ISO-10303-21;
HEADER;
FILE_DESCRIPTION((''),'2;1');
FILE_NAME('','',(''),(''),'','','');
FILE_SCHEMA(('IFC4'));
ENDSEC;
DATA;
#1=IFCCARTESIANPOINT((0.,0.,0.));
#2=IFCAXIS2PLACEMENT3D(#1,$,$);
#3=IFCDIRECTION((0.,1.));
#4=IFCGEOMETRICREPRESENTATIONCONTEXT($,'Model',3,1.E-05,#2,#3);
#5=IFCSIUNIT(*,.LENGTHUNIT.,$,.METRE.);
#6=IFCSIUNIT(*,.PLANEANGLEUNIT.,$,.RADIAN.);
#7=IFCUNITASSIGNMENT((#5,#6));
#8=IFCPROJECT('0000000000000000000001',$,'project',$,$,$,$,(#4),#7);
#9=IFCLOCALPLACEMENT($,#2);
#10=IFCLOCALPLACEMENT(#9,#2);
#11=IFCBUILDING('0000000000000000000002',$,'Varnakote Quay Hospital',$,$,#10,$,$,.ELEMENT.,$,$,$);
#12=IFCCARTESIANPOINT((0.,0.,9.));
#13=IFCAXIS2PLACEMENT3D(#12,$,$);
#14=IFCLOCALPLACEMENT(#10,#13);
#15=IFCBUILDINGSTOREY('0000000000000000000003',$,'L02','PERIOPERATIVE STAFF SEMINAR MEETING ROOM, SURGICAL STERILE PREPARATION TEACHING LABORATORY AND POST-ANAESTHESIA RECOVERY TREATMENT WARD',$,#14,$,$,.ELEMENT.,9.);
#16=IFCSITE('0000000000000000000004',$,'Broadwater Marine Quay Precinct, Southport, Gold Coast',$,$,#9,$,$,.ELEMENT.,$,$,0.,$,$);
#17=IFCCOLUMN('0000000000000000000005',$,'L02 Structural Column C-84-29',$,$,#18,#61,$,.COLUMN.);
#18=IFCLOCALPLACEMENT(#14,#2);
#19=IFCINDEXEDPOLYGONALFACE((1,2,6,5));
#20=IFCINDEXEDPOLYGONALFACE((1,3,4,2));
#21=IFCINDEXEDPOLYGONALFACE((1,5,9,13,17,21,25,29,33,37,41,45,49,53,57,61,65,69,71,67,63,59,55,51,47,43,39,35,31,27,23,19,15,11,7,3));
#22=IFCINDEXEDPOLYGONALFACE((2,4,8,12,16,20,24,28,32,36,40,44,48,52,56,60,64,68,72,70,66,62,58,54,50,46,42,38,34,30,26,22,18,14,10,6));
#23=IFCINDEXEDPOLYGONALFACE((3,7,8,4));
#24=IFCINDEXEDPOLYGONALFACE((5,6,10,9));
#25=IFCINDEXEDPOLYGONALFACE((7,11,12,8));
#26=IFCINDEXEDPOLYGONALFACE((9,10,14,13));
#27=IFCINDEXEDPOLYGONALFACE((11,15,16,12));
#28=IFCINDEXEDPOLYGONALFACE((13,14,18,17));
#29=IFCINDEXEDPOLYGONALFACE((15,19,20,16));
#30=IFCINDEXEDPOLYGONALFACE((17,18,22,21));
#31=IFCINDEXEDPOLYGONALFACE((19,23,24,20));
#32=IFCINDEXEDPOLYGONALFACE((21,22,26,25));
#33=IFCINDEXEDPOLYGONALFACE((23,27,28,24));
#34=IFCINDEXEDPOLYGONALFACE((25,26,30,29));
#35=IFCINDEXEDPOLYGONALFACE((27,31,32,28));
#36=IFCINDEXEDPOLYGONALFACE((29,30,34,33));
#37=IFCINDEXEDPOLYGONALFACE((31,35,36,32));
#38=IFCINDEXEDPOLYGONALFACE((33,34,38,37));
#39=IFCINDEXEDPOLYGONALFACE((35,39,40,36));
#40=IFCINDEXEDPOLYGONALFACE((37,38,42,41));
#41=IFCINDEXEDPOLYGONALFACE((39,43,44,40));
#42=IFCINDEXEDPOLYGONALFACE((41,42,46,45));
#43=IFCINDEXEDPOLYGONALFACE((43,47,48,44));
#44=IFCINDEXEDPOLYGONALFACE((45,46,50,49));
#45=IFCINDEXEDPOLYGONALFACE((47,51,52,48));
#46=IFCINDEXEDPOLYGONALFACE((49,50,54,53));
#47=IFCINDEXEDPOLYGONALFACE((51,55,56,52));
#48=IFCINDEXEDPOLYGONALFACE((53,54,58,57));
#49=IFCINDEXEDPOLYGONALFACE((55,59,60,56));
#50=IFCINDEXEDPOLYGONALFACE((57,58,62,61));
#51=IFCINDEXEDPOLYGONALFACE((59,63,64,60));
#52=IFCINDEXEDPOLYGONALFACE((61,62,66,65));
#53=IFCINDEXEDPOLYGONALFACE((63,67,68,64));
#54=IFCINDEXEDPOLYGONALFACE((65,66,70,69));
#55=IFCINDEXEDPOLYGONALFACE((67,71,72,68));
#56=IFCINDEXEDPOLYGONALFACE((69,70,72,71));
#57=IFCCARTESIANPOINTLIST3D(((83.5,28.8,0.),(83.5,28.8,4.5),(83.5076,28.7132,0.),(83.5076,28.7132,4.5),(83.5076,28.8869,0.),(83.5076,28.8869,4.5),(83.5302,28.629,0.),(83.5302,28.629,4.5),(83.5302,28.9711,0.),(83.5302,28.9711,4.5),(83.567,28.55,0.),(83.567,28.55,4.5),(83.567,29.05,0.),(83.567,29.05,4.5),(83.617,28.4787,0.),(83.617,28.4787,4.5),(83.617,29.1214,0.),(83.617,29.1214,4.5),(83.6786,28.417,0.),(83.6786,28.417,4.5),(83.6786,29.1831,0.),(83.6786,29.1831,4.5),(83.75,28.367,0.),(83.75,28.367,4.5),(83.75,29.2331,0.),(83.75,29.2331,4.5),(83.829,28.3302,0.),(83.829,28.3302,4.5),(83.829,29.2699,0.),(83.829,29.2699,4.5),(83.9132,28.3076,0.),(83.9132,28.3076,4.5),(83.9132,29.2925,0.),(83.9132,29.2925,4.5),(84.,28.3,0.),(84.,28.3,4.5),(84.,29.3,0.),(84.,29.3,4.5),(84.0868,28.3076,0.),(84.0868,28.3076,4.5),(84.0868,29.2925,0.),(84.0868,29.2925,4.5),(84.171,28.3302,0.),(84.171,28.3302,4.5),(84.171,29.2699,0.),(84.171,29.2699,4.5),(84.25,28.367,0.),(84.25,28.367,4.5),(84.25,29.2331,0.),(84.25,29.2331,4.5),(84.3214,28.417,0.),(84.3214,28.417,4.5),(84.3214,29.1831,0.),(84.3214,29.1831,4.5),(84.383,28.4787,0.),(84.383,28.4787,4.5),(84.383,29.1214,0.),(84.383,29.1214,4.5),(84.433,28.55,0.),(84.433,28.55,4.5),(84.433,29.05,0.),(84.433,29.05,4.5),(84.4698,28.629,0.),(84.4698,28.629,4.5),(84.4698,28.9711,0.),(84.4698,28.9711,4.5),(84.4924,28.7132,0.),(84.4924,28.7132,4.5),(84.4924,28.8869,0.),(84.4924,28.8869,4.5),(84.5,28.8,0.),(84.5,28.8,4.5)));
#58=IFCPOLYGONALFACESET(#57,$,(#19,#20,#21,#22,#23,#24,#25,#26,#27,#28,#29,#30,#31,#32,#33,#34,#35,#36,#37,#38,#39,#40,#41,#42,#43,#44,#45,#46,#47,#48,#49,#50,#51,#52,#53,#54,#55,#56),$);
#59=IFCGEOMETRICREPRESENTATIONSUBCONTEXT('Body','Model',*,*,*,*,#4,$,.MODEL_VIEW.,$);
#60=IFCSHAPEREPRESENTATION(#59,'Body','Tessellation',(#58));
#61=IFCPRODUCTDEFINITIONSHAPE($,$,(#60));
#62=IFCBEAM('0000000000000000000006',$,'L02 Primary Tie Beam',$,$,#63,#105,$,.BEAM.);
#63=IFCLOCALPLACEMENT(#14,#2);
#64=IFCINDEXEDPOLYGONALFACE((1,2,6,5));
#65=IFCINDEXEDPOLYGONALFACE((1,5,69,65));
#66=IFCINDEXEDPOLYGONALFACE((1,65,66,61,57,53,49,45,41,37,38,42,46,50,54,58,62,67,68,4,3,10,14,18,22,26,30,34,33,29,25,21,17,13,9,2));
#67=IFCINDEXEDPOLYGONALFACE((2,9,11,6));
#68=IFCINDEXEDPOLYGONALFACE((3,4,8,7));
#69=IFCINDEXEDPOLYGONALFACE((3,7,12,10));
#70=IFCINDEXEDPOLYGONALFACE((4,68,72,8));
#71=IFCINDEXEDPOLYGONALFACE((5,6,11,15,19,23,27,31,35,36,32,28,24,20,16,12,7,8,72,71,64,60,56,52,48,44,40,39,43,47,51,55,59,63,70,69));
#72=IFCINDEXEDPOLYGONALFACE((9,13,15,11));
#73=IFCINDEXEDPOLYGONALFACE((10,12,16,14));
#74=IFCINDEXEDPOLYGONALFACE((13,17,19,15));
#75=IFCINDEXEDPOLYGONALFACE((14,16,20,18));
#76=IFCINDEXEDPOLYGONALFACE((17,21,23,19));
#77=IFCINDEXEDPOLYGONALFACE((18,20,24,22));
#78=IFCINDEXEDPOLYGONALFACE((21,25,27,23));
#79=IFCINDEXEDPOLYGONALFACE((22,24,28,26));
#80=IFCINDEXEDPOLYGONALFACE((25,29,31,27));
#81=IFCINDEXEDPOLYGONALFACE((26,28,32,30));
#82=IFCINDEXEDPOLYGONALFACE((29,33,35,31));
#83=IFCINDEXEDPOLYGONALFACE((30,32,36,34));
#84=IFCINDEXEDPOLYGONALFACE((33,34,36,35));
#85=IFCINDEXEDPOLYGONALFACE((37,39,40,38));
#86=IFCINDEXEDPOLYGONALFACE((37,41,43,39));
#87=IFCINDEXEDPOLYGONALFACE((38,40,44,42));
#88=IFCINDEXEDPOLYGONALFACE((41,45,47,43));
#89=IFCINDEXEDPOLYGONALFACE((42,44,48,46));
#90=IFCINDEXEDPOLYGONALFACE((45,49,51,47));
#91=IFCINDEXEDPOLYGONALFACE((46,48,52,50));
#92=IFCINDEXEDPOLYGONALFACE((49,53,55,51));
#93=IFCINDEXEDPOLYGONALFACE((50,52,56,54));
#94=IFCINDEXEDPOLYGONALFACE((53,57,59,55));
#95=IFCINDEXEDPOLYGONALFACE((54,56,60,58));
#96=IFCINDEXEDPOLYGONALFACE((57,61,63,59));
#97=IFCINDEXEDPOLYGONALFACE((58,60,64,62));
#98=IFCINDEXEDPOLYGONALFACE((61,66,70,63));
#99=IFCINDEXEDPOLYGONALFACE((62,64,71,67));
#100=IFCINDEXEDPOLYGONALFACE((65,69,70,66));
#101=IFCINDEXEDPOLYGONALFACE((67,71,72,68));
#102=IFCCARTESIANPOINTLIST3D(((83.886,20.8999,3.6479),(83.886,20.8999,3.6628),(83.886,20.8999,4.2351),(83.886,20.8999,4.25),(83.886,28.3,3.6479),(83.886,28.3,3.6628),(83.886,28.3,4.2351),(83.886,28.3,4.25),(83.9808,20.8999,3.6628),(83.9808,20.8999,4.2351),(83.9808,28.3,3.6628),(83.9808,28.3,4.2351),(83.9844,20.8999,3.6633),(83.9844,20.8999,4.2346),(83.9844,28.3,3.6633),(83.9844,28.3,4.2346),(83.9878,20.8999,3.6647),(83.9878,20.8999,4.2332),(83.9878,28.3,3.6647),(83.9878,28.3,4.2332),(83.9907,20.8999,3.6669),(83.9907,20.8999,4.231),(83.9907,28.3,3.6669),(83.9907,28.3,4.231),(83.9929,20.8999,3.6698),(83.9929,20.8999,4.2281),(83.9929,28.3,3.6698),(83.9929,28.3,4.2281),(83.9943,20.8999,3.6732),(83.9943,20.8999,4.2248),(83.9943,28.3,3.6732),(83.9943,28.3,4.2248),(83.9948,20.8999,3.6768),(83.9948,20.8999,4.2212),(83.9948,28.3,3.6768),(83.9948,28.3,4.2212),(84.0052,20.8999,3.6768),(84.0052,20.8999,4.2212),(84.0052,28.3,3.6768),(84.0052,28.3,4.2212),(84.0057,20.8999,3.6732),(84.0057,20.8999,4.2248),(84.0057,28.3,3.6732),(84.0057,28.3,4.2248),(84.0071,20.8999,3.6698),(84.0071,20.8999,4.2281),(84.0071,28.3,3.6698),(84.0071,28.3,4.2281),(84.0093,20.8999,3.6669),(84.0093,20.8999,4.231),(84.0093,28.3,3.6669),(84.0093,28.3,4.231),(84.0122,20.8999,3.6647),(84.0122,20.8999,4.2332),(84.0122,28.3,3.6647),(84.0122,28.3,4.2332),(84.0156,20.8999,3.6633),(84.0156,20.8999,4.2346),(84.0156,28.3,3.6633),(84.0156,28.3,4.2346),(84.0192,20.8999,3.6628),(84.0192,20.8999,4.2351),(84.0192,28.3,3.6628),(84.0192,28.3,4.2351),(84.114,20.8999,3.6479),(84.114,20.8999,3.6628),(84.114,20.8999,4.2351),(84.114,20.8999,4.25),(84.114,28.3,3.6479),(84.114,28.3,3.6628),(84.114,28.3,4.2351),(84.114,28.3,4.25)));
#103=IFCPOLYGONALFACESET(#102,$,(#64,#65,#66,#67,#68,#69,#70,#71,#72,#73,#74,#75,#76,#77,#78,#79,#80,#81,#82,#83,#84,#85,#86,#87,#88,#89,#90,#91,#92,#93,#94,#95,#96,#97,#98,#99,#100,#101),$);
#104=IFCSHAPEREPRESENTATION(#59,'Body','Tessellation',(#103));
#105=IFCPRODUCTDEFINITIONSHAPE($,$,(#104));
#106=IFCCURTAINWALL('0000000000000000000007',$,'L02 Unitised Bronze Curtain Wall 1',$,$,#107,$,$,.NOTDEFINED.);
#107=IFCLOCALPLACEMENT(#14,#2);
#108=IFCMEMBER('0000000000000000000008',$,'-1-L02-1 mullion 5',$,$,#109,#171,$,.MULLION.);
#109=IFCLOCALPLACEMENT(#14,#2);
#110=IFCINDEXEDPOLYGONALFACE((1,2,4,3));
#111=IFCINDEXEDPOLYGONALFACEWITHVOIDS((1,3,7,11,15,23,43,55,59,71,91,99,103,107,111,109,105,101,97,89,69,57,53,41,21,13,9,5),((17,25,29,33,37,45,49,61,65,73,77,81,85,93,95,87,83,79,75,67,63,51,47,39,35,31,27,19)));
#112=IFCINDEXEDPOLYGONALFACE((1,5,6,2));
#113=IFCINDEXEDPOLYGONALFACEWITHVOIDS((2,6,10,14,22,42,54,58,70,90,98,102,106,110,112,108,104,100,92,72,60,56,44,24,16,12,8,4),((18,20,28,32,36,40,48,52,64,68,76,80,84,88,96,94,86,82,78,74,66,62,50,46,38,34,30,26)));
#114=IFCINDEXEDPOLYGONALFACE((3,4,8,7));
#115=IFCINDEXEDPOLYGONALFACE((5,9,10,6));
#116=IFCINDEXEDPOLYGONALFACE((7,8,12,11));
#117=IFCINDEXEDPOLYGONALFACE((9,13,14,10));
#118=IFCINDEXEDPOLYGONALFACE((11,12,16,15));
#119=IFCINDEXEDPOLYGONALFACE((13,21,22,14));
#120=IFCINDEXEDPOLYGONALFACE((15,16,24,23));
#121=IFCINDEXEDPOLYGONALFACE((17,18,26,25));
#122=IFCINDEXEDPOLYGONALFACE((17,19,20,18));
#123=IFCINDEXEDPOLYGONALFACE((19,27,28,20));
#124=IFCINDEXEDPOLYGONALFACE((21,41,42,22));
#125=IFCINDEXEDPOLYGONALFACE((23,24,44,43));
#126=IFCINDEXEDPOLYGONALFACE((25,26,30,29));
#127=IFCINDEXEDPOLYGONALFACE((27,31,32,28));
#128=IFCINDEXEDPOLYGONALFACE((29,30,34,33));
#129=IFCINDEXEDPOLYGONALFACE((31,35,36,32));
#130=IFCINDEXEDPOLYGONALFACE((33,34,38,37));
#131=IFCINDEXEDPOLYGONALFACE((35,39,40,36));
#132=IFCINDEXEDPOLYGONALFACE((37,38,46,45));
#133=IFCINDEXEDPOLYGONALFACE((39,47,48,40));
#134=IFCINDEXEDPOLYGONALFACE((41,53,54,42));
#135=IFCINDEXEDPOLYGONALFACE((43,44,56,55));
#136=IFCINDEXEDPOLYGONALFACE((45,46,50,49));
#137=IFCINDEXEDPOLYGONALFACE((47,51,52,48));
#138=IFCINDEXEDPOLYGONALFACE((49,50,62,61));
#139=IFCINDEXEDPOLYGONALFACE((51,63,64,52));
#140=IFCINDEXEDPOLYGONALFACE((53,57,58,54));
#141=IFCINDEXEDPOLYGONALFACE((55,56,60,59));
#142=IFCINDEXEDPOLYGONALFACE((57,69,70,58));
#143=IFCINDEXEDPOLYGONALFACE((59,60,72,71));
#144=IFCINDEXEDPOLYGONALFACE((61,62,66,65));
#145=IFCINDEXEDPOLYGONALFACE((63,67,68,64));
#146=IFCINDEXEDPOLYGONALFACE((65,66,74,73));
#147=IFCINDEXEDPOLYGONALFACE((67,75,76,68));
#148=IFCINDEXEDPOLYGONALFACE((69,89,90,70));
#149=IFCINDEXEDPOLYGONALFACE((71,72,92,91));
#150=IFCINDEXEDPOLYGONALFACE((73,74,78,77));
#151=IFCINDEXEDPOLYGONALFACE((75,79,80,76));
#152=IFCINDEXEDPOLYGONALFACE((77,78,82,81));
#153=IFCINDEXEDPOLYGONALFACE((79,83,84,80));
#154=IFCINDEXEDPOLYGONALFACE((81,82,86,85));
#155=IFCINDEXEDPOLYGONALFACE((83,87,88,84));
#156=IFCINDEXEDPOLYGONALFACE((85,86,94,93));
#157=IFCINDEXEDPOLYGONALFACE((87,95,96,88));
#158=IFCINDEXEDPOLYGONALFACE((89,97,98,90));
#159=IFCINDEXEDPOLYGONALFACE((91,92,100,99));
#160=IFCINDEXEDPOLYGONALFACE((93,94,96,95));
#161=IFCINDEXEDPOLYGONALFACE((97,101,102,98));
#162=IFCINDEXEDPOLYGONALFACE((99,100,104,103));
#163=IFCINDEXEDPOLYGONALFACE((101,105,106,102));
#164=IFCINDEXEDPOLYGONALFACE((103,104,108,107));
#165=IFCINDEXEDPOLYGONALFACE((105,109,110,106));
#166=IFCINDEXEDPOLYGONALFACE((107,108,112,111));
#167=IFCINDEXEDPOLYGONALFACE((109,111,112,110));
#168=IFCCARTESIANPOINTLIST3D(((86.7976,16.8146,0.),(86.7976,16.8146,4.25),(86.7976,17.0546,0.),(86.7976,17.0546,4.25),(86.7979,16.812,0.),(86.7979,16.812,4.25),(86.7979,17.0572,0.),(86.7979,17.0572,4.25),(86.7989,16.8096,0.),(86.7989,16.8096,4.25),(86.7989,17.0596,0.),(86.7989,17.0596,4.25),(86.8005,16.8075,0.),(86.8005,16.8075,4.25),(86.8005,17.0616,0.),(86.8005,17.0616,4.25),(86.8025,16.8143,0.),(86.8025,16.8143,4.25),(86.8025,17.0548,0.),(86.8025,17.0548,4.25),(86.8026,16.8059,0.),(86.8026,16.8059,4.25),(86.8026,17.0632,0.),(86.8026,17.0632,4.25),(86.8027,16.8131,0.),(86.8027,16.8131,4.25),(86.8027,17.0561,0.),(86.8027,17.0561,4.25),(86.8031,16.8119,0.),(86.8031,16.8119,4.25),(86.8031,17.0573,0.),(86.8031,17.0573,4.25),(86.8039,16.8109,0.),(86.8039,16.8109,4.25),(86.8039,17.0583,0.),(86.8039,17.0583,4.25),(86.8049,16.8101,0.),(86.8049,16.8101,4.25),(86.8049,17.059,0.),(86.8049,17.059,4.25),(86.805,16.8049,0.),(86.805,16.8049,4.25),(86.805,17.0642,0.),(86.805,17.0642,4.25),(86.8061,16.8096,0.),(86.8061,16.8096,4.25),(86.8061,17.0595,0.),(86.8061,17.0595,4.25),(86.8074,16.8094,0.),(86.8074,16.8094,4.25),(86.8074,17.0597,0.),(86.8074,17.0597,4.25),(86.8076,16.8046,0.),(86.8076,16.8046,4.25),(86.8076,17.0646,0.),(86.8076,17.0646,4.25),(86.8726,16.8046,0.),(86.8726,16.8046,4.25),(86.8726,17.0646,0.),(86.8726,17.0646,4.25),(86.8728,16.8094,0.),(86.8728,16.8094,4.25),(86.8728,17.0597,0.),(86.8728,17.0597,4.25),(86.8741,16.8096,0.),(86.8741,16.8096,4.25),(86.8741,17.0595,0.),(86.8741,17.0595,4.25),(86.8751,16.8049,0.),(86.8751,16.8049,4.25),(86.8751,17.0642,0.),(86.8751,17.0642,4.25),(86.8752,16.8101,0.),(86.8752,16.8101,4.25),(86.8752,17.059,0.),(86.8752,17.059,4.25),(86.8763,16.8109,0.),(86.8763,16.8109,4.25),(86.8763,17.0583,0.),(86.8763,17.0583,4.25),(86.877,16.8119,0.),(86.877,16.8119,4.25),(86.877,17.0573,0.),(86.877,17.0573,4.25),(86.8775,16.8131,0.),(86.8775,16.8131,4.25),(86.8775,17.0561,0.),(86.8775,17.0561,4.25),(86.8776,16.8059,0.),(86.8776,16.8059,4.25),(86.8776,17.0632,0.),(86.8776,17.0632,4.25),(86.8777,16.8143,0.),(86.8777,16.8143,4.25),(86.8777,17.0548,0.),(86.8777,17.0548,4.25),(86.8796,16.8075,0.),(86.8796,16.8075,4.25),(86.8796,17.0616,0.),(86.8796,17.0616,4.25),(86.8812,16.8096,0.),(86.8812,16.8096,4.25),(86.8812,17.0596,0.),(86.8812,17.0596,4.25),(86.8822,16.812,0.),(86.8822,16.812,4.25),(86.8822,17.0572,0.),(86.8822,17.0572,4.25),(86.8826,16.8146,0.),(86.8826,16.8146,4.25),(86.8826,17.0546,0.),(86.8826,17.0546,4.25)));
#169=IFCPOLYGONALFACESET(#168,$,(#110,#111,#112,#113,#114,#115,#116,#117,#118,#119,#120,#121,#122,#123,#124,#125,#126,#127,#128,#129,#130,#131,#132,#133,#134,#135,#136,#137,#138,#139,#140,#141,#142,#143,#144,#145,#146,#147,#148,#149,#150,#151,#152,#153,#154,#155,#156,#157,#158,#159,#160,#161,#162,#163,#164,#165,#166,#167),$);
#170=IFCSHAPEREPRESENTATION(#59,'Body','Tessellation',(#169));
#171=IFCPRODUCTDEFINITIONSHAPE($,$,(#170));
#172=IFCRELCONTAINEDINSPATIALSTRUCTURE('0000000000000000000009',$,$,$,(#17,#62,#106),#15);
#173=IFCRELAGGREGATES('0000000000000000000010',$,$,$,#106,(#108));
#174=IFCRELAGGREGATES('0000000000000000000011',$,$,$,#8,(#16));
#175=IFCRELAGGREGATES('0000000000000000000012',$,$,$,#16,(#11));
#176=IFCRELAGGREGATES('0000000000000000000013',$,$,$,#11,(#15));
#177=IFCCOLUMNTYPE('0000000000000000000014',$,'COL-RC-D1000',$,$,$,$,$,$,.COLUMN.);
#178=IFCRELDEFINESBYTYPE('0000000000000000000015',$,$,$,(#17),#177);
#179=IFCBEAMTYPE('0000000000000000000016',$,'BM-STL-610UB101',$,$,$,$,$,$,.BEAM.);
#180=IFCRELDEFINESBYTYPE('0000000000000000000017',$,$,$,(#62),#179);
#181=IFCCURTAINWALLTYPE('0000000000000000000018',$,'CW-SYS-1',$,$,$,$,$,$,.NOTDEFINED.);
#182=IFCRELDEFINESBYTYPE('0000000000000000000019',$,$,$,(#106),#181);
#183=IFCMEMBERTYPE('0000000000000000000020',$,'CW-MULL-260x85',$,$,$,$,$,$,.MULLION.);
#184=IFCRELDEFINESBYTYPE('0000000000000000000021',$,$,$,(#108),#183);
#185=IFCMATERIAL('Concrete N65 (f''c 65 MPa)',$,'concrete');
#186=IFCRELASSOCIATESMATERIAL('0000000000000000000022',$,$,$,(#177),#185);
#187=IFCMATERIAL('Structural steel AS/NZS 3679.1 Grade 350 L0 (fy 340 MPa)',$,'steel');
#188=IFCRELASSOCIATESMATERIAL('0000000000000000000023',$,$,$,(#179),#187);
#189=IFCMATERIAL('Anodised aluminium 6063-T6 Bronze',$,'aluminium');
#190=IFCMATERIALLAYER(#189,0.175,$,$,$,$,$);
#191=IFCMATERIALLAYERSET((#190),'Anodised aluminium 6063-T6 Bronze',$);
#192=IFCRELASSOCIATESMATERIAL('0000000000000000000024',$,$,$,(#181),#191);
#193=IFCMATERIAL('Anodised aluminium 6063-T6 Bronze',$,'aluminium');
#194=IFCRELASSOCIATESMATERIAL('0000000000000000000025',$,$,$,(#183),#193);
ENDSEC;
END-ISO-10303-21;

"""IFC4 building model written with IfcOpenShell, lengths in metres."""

from ifc_helpers import new_model, si_unit, direction, frame, origin, origin_2d, place, context, subcontext, project, spatial, hollow_rectangle, circle, i_section, extrude, material, layer, layer_set, material_profile, profile_set, type_object, element, aggregate, save


model = new_model("IFC4")

# Units and contexts
model_context = context("Model", 3, precision=1e-05, world=origin(), true_north=direction((0.0, 1.0)))
body_context = subcontext(model_context, "Body", "Model", "MODEL_VIEW")
ifc_project = project(units=[si_unit("LENGTHUNIT", "METRE"), si_unit("PLANEANGLEUNIT", "RADIAN")], contexts=[model_context])

# Site, building, storey
site_placement = place(None, origin())
site = spatial("IfcSite", under=ifc_project, at=site_placement, Name="Broadwater Marine Quay Precinct, Southport, Gold Coast", CompositionType="ELEMENT", RefElevation=0.0)
building_placement = place(site_placement, origin())
building = spatial("IfcBuilding", under=site, at=building_placement, Name="Varnakote Quay Hospital", CompositionType="ELEMENT")
storey_placement = place(building_placement, frame((0.0, 0.0, 9.0)))
storey = spatial("IfcBuildingStorey", under=building, at=storey_placement, Name="L02", Description="PERIOPERATIVE STAFF SEMINAR MEETING ROOM, SURGICAL STERILE PREPARATION TEACHING LABORATORY AND POST-ANAESTHESIA RECOVERY TREATMENT WARD", CompositionType="ELEMENT", Elevation=9.0)

# Column
ifc_material_1 = material(Name="Concrete N65 (f'c 65 MPa)", Category="concrete")
ifc_material_profile_1 = material_profile(ifc_material_1, circle(Radius=0.5, at=origin_2d()), Name="RC-COL-D1000")
ifc_profile_set_1 = profile_set([ifc_material_profile_1], Name="Concrete N65 (f'c 65 MPa)")
column_type = type_object("IfcColumnType", Name="COL-RC-D1000", PredefinedType="COLUMN", material=ifc_profile_set_1)
column_placement = place(storey_placement, frame((84.0, 28.8, 0.0), z_axis=(0.0, 0.0, 1.0), x_axis=(1.0, 0.0, 0.0)))
element("IfcColumn", 1, at=column_placement, inside=storey, type_object=column_type, Name="L02 Structural Column C-84-29", PredefinedType="COLUMN", context=body_context, shape_type="SweptSolid", body=[
    extrude(circle(Radius=0.5, at=origin_2d()), origin(), (0.0, 0.0, 1.0), 4.5),
])

# Beam
ifc_material_2 = material(Name="Structural steel AS/NZS 3679.1 Grade 350 L0 (fy 340 MPa)", Category="steel")
ifc_material_profile_2 = material_profile(ifc_material_2, i_section(OverallWidth=0.228, OverallDepth=0.6021, WebThickness=0.0105, FlangeThickness=0.0149, FilletRadius=0.0139, at=origin_2d()), Name="610UB101")
ifc_profile_set_2 = profile_set([ifc_material_profile_2], Name="Structural steel AS/NZS 3679.1 Grade 350 L0 (fy 340 MPa)")
beam_type = type_object("IfcBeamType", Name="BM-STL-610UB101", PredefinedType="BEAM", material=ifc_profile_set_2)
beam_placement = place(storey_placement, frame((84.0, 20.8999, 3.949), z_axis=(0.0, 1.0, 0.0), x_axis=(-1.0, 0.0, 0.0)))
element("IfcBeam", 2, at=beam_placement, inside=storey, type_object=beam_type, Name="L02 Primary Tie Beam", PredefinedType="BEAM", context=body_context, shape_type="SweptSolid", body=[
    extrude(i_section(OverallWidth=0.228, OverallDepth=0.6021, WebThickness=0.0105, FlangeThickness=0.0149, FilletRadius=0.0139, at=origin_2d()), origin(), (0.0, 0.0, 1.0), 7.4001),
])

# Curtain wall, member
ifc_material_3 = material(Name="Anodised aluminium 6063-T6 Bronze", Category="aluminium")
ifc_layer_1 = layer(ifc_material_3, 0.175)
ifc_layer_set_1 = layer_set([ifc_layer_1], Name="Anodised aluminium 6063-T6 Bronze")
curtain_wall_type = type_object("IfcCurtainWallType", Name="CW-SYS-1", PredefinedType="NOTDEFINED", material=ifc_layer_set_1)
curtain_wall_placement = place(storey_placement, origin())
curtain_wall = element("IfcCurtainWall", 3, at=curtain_wall_placement, inside=storey, type_object=curtain_wall_type, Name="L02 Unitised Bronze Curtain Wall 1", PredefinedType="NOTDEFINED")
ifc_material_4 = material(Name="Anodised aluminium 6063-T6 Bronze", Category="aluminium")
ifc_material_profile_3 = material_profile(ifc_material_4, hollow_rectangle(XDim=0.085, YDim=0.26, WallThickness=0.0049, InnerFilletRadius=0.0049, OuterFilletRadius=0.01, at=origin_2d()), Name="CW-MULL-260x85")
ifc_profile_set_3 = profile_set([ifc_material_profile_3], Name="Anodised aluminium 6063-T6 Bronze")
member_type_1 = type_object("IfcMemberType", Name="CW-MULL-260x85", PredefinedType="MULLION", material=ifc_profile_set_3)
member_1_placement = place(storey_placement, frame((86.8401, 16.9346, 0.0), z_axis=(0.0, 0.0, 1.0), x_axis=(-1.0, 0.0, 0.0)))
member_1 = element("IfcMember", 4, at=member_1_placement, type_object=member_type_1, Name="-1-L02-1 mullion 5", PredefinedType="MULLION", context=body_context, shape_type="SweptSolid", body=[
    extrude(hollow_rectangle(XDim=0.085, YDim=0.26, WallThickness=0.0049, InnerFilletRadius=0.0049, OuterFilletRadius=0.01, at=origin_2d()), origin(), (0.0, 0.0, 1.0), 4.25),
])
aggregate(curtain_wall, [member_1])

save(model, "model.ifc")
